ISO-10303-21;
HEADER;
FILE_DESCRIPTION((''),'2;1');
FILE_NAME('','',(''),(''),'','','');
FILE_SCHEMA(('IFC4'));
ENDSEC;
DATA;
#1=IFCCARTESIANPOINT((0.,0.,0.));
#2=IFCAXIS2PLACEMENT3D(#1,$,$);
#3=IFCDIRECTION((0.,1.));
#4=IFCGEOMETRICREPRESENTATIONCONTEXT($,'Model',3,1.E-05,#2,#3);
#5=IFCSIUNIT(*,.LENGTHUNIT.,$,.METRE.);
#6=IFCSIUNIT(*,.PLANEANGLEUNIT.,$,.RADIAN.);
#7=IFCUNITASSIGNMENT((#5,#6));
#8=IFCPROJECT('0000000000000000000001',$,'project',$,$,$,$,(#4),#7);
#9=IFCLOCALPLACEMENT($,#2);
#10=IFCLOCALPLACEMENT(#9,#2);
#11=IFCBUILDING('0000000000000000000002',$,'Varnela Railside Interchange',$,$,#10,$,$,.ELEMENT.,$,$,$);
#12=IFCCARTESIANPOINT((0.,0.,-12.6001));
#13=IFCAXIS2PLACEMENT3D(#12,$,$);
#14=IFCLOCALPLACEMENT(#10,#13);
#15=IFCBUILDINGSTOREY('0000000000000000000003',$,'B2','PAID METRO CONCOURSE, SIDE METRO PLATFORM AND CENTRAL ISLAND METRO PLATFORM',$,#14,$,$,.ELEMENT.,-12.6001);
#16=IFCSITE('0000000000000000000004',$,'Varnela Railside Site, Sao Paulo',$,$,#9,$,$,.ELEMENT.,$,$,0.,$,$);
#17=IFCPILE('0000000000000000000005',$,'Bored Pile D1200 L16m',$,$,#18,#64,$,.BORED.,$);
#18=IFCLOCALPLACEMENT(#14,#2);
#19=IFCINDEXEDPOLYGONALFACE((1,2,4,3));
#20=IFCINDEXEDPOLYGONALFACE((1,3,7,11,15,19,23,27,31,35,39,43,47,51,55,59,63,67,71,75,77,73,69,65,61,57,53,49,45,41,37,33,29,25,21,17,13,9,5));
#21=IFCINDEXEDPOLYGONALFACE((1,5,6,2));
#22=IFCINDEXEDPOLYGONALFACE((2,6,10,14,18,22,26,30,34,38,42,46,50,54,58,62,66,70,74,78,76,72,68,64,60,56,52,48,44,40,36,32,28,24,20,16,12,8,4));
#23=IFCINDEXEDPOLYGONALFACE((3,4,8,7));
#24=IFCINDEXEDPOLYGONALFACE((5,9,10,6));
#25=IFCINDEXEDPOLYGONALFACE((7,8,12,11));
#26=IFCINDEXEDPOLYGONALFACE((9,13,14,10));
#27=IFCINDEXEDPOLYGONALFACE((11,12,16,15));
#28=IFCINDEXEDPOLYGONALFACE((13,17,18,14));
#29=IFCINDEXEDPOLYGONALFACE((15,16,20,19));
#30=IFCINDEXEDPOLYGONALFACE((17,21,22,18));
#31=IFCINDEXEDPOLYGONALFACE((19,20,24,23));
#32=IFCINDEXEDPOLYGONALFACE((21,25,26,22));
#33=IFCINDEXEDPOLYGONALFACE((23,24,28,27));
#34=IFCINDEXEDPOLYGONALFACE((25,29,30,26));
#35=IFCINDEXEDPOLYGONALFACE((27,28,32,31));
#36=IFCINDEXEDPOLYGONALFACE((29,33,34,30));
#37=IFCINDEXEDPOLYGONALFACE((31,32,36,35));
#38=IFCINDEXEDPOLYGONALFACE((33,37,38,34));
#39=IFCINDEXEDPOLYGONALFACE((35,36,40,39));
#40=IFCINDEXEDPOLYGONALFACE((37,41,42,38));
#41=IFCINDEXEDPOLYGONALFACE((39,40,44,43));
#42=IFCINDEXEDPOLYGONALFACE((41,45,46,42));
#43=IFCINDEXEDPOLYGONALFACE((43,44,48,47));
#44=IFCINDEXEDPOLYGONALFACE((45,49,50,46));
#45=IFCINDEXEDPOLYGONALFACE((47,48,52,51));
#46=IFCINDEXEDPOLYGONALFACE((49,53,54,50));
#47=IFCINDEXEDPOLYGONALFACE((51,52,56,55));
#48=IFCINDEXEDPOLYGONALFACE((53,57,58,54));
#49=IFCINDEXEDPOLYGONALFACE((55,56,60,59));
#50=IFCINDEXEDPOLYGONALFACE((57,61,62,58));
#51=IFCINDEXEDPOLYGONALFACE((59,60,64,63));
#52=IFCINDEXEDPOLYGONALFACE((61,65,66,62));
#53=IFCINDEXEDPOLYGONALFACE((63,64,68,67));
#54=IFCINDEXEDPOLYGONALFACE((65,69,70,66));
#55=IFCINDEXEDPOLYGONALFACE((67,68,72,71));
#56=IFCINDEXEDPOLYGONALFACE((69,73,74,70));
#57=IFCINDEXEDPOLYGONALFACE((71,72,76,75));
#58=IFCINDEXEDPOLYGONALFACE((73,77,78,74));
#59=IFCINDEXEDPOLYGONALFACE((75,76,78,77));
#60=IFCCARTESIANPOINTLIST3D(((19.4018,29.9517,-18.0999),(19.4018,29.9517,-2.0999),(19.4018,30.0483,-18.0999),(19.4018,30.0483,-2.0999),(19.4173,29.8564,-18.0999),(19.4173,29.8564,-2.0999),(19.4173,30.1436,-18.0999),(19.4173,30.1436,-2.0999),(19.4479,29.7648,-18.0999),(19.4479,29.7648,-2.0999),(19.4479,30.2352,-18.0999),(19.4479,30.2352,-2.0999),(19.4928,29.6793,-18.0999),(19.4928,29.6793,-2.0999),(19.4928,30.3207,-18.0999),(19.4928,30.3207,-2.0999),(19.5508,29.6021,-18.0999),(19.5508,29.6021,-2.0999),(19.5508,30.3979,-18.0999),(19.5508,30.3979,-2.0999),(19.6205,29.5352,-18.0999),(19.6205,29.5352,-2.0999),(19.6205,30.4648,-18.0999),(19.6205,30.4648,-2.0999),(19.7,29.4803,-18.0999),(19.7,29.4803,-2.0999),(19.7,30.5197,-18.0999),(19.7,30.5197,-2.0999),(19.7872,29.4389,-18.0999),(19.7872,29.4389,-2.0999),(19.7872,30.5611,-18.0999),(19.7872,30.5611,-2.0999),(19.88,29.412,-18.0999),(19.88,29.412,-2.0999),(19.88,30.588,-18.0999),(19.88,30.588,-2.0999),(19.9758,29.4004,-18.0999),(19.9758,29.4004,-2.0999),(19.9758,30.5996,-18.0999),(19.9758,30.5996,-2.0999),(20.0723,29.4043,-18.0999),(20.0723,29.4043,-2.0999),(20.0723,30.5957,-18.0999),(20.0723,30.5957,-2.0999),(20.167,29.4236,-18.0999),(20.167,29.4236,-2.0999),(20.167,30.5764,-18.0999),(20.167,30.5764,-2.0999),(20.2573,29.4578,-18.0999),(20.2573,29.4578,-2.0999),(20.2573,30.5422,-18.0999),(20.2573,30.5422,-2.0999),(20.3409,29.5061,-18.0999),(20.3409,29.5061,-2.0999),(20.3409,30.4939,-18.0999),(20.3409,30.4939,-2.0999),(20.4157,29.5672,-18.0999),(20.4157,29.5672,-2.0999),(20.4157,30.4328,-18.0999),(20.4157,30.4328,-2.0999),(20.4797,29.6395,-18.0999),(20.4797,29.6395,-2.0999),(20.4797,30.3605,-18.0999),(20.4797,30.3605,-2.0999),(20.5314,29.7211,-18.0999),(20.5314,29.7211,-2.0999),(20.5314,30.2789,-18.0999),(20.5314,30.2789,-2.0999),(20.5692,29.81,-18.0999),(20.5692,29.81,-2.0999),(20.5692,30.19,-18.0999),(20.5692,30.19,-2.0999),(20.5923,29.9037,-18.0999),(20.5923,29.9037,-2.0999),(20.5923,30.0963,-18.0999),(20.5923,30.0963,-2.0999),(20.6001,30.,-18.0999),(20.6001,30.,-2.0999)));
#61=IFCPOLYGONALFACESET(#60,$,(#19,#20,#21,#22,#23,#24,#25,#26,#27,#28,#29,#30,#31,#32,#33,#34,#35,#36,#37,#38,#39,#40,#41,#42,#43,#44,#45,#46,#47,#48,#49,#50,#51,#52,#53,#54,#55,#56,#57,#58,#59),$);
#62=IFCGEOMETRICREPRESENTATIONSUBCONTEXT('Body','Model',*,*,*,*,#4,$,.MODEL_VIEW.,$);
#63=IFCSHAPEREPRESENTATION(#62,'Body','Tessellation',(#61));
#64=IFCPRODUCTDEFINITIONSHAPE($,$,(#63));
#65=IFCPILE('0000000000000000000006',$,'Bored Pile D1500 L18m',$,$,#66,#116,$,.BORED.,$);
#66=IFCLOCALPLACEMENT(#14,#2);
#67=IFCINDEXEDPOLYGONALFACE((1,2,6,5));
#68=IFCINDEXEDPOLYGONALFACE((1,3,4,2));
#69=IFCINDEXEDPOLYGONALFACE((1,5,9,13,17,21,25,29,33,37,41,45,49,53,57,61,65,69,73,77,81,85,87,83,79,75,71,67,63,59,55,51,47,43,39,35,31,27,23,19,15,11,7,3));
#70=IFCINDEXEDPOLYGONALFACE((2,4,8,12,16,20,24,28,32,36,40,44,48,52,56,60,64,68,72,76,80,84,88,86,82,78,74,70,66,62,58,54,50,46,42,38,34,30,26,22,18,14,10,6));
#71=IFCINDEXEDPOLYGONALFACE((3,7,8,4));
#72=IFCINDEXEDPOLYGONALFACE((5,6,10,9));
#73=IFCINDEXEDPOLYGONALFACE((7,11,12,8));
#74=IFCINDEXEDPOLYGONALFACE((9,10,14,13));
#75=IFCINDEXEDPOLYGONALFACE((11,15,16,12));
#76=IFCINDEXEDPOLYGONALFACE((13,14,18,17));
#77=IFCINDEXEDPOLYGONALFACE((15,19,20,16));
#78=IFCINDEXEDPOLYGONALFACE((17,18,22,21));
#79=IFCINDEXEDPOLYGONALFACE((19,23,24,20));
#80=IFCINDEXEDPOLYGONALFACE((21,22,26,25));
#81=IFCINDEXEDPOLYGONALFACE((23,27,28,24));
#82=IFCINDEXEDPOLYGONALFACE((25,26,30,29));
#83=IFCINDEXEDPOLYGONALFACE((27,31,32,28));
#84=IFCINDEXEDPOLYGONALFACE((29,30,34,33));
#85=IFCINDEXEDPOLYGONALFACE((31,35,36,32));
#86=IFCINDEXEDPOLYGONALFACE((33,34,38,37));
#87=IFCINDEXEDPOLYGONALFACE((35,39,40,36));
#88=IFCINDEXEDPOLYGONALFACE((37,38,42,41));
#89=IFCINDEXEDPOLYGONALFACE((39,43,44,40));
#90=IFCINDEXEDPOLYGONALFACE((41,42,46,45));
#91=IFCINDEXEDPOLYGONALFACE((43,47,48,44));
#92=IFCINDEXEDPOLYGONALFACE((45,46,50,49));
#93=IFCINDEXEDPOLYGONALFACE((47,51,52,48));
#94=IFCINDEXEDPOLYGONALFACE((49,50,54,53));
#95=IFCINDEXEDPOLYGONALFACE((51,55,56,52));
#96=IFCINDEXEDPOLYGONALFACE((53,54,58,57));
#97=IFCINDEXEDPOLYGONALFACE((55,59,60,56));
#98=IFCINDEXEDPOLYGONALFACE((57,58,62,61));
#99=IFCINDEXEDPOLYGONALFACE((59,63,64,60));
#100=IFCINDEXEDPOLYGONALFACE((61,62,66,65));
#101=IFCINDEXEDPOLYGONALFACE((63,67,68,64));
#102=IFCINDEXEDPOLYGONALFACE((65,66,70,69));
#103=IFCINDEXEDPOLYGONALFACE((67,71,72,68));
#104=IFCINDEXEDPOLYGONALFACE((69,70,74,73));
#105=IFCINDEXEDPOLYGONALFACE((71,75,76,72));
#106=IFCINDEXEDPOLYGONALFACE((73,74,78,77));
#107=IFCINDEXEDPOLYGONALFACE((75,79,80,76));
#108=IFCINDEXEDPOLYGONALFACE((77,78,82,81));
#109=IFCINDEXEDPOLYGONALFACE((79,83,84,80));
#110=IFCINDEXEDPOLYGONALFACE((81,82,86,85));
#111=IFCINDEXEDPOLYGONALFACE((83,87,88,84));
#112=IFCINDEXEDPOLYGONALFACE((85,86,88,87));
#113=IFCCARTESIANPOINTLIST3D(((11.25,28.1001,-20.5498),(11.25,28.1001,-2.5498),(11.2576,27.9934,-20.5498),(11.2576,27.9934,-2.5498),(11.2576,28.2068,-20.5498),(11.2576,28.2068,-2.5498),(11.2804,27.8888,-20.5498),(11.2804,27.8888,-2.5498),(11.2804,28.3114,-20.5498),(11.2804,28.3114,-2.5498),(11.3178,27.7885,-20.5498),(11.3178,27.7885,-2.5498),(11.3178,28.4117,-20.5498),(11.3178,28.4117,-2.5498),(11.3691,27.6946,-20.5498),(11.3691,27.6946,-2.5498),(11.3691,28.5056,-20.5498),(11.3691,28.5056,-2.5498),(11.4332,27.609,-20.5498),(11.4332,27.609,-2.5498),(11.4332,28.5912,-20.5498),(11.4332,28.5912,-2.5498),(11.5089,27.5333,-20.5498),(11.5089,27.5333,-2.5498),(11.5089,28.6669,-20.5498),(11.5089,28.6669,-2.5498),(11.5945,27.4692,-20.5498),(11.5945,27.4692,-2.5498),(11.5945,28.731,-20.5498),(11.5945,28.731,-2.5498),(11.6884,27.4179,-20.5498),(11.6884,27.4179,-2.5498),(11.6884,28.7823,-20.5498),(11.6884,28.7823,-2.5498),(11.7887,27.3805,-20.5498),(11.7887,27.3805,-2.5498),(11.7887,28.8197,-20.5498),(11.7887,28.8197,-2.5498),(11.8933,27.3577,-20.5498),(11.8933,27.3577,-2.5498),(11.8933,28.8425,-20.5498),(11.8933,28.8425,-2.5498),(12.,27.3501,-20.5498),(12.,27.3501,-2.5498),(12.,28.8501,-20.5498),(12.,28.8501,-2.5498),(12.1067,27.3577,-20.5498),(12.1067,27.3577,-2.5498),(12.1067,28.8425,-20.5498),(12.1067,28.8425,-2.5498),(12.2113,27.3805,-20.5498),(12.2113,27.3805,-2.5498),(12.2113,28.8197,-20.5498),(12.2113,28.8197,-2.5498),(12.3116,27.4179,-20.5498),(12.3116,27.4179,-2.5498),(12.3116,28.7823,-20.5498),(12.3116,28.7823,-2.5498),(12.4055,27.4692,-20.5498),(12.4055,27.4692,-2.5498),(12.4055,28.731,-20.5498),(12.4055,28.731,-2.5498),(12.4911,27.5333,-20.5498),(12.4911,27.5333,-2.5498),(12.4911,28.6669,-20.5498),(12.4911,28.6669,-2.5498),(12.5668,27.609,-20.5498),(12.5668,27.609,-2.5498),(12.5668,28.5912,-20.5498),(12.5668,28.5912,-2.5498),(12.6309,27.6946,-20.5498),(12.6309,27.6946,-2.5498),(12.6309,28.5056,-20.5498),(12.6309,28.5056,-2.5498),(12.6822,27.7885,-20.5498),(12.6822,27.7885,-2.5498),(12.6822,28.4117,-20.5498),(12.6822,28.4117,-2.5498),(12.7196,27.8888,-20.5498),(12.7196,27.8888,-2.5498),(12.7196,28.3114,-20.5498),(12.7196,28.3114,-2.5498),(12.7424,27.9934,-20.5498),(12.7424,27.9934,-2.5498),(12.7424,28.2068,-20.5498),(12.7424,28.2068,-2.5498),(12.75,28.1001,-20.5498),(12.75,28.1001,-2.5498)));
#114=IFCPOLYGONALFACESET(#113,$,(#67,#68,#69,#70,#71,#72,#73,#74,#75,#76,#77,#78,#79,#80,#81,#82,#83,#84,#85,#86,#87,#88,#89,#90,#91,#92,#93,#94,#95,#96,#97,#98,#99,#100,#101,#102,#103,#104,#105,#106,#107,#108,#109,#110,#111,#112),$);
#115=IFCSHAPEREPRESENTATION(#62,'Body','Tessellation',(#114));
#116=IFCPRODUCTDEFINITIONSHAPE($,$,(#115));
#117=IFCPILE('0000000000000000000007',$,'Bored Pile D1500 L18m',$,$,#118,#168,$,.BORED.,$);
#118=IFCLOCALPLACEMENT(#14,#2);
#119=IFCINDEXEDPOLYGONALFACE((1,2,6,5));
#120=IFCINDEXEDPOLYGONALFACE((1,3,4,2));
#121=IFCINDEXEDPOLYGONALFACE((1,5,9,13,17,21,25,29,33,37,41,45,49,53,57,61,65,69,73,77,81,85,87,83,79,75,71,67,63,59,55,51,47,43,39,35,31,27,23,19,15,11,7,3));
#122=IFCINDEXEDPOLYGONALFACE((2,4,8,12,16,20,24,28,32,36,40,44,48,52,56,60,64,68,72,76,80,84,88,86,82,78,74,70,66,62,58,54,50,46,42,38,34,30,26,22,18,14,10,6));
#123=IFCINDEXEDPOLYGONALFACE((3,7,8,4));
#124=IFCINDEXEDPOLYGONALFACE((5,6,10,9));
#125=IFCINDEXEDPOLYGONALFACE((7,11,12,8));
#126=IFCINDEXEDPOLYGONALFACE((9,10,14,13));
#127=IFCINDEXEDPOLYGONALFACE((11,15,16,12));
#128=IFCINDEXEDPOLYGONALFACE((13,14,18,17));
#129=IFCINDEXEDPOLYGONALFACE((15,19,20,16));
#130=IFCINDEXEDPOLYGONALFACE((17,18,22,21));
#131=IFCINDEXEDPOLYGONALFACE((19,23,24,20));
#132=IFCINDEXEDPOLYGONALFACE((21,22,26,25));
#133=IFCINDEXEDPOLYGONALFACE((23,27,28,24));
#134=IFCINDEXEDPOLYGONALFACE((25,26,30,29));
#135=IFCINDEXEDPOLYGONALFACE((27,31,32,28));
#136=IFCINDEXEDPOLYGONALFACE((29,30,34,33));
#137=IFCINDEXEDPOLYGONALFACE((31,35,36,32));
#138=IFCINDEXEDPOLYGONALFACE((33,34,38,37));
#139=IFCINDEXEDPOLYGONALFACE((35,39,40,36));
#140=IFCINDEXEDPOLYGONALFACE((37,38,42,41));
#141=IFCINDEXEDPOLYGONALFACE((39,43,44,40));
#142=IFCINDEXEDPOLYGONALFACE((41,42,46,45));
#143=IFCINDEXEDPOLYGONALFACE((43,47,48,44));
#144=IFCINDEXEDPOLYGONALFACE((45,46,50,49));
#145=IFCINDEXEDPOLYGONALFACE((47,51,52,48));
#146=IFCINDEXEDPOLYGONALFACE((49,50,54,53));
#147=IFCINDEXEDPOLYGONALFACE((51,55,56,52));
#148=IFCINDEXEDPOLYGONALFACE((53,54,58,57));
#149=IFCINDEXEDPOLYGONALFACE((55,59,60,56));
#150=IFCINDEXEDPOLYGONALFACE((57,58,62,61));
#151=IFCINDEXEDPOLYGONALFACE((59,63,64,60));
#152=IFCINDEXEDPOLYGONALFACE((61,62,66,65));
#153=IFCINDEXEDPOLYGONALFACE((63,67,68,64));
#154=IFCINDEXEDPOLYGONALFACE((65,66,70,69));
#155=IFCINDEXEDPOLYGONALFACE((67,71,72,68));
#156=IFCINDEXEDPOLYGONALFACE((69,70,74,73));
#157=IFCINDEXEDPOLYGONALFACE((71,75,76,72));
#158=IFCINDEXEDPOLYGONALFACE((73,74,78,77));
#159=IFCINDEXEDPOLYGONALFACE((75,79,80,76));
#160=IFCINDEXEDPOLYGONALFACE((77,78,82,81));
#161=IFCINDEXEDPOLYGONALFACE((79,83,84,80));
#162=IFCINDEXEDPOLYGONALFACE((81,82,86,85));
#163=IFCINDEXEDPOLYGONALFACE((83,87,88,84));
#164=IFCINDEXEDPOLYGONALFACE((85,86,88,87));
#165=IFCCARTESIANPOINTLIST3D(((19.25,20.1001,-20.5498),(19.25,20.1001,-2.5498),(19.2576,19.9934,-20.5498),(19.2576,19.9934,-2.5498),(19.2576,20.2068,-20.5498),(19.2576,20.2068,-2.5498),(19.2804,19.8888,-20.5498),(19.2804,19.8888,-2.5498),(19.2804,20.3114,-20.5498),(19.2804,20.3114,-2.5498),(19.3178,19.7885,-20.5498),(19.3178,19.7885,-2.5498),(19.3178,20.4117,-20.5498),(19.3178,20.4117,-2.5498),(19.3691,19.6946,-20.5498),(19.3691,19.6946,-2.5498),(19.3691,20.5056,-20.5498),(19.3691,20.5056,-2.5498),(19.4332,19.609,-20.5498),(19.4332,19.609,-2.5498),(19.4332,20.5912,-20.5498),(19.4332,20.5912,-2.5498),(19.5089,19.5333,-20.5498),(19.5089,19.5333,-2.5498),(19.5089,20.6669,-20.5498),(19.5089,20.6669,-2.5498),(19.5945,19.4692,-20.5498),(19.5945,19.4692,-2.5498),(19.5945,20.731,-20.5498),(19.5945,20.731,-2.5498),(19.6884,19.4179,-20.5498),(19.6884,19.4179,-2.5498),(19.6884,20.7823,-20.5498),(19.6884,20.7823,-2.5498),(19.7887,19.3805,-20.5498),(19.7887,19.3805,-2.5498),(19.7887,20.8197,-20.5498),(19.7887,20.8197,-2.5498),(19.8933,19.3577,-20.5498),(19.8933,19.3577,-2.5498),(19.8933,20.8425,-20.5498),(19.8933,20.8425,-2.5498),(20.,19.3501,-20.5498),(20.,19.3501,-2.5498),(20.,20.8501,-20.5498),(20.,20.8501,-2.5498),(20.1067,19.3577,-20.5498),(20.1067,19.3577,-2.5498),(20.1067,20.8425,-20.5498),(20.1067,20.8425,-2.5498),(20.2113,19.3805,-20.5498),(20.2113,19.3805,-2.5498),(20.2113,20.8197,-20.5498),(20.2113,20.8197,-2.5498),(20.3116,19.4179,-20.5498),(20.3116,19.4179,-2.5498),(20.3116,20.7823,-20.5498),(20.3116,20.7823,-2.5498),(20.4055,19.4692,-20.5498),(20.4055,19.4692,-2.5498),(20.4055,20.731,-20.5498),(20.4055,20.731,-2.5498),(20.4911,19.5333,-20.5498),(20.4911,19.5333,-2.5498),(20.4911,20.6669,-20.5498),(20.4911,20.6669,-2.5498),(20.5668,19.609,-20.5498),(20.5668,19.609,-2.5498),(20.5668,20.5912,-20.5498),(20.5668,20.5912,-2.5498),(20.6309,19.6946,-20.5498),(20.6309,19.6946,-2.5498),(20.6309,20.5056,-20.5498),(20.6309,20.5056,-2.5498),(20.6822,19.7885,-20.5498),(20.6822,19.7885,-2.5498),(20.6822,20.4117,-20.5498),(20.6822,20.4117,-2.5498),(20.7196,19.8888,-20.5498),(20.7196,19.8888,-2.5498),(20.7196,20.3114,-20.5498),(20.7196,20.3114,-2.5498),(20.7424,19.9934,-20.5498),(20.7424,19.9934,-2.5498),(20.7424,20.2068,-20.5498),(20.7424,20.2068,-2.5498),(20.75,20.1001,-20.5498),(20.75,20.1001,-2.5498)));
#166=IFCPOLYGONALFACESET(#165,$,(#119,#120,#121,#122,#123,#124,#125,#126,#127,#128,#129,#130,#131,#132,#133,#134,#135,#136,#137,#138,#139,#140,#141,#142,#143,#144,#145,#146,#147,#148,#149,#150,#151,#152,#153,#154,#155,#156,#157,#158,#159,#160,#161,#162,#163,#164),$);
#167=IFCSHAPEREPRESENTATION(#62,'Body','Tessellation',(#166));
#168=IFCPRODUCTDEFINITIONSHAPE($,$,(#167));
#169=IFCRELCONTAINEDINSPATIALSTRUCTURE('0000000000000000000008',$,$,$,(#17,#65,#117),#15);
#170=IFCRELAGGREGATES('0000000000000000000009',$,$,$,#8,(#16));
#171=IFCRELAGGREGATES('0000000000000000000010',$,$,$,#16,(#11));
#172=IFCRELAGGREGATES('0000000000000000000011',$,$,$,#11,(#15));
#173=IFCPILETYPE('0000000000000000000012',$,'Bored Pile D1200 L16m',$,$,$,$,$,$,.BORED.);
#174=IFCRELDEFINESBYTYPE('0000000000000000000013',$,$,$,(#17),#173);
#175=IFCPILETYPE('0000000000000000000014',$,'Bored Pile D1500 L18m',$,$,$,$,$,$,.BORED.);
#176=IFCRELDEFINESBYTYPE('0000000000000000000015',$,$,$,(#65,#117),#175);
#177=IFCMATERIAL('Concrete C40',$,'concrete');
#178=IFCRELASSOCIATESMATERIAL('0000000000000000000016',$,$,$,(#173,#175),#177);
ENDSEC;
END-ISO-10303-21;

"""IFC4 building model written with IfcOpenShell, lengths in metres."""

from ifc_helpers import new_model, si_unit, direction, frame, origin, origin_2d, place, context, subcontext, project, spatial, circle, extrude, material, material_profile, profile_set, type_object, element, save


model = new_model("IFC4")

# Units and contexts
model_context = context("Model", 3, precision=1e-05, world=origin(), true_north=direction((0.0, 1.0)))
body_context = subcontext(model_context, "Body", "Model", "MODEL_VIEW")
ifc_project = project(units=[si_unit("LENGTHUNIT", "METRE"), si_unit("PLANEANGLEUNIT", "RADIAN")], contexts=[model_context])

# Site, building, storey
site_placement = place(None, origin())
site = spatial("IfcSite", under=ifc_project, at=site_placement, Name="Varnela Railside Site, Sao Paulo", CompositionType="ELEMENT", RefElevation=0.0)
building_placement = place(site_placement, origin())
building = spatial("IfcBuilding", under=site, at=building_placement, Name="Varnela Railside Interchange", CompositionType="ELEMENT")
storey_placement = place(building_placement, frame((0.0, 0.0, -12.6001)))
storey = spatial("IfcBuildingStorey", under=building, at=storey_placement, Name="B2", Description="PAID METRO CONCOURSE, SIDE METRO PLATFORM AND CENTRAL ISLAND METRO PLATFORM", CompositionType="ELEMENT", Elevation=-12.6001)

# Piles
ifc_material_1 = material(Name="Concrete C40", Category="concrete")
ifc_material_profile_1 = material_profile(ifc_material_1, circle(Radius=0.6001, at=origin_2d()), Name="BORED PILE D1200")
ifc_profile_set_1 = profile_set([ifc_material_profile_1], Name="Concrete C40")
pile_type_1 = type_object("IfcPileType", Name="Bored Pile D1200 L16m", PredefinedType="BORED", material=ifc_profile_set_1)
pile_placement = place(storey_placement, frame((20.0, 30.0, -2.0999), z_axis=(0.0, 0.0, -1.0), x_axis=(1.0, 0.0, 0.0)))
element("IfcPile", 1, at=pile_placement, inside=storey, type_object=pile_type_1, Name="Bored Pile D1200 L16m", PredefinedType="BORED", context=body_context, shape_type="SweptSolid", body=[
    extrude(circle(Radius=0.6001, at=origin_2d()), origin(), (0.0, 0.0, 1.0), 16.0),
])
ifc_material_profile_2 = material_profile(ifc_material_1, circle(Radius=0.75, at=origin_2d()), Name="BORED PILE D1500")
ifc_profile_set_2 = profile_set([ifc_material_profile_2], Name="Concrete C40")
pile_type_2 = type_object("IfcPileType", Name="Bored Pile D1500 L18m", PredefinedType="BORED", material=ifc_profile_set_2)
for number, where, z_axis, x_axis, name in (
    (2, (12.0, 28.1001, -2.5498), (0.0, 0.0, -1.0), (1.0, 0.0, 0.0), "Bored Pile D1500 L18m"),
    (3, (20.0, 20.1001, -2.5498), (0.0, 0.0, -1.0), (1.0, 0.0, 0.0), "Bored Pile D1500 L18m"),
):
    element("IfcPile", number, at=place(storey_placement, frame(where, z_axis=z_axis, x_axis=x_axis)), inside=storey, type_object=pile_type_2, Name=name, PredefinedType="BORED", context=body_context, shape_type="SweptSolid", body=[
        extrude(circle(Radius=0.75, at=origin_2d()), origin(), (0.0, 0.0, 1.0), 18.0),
    ])

save(model, "model.ifc")
